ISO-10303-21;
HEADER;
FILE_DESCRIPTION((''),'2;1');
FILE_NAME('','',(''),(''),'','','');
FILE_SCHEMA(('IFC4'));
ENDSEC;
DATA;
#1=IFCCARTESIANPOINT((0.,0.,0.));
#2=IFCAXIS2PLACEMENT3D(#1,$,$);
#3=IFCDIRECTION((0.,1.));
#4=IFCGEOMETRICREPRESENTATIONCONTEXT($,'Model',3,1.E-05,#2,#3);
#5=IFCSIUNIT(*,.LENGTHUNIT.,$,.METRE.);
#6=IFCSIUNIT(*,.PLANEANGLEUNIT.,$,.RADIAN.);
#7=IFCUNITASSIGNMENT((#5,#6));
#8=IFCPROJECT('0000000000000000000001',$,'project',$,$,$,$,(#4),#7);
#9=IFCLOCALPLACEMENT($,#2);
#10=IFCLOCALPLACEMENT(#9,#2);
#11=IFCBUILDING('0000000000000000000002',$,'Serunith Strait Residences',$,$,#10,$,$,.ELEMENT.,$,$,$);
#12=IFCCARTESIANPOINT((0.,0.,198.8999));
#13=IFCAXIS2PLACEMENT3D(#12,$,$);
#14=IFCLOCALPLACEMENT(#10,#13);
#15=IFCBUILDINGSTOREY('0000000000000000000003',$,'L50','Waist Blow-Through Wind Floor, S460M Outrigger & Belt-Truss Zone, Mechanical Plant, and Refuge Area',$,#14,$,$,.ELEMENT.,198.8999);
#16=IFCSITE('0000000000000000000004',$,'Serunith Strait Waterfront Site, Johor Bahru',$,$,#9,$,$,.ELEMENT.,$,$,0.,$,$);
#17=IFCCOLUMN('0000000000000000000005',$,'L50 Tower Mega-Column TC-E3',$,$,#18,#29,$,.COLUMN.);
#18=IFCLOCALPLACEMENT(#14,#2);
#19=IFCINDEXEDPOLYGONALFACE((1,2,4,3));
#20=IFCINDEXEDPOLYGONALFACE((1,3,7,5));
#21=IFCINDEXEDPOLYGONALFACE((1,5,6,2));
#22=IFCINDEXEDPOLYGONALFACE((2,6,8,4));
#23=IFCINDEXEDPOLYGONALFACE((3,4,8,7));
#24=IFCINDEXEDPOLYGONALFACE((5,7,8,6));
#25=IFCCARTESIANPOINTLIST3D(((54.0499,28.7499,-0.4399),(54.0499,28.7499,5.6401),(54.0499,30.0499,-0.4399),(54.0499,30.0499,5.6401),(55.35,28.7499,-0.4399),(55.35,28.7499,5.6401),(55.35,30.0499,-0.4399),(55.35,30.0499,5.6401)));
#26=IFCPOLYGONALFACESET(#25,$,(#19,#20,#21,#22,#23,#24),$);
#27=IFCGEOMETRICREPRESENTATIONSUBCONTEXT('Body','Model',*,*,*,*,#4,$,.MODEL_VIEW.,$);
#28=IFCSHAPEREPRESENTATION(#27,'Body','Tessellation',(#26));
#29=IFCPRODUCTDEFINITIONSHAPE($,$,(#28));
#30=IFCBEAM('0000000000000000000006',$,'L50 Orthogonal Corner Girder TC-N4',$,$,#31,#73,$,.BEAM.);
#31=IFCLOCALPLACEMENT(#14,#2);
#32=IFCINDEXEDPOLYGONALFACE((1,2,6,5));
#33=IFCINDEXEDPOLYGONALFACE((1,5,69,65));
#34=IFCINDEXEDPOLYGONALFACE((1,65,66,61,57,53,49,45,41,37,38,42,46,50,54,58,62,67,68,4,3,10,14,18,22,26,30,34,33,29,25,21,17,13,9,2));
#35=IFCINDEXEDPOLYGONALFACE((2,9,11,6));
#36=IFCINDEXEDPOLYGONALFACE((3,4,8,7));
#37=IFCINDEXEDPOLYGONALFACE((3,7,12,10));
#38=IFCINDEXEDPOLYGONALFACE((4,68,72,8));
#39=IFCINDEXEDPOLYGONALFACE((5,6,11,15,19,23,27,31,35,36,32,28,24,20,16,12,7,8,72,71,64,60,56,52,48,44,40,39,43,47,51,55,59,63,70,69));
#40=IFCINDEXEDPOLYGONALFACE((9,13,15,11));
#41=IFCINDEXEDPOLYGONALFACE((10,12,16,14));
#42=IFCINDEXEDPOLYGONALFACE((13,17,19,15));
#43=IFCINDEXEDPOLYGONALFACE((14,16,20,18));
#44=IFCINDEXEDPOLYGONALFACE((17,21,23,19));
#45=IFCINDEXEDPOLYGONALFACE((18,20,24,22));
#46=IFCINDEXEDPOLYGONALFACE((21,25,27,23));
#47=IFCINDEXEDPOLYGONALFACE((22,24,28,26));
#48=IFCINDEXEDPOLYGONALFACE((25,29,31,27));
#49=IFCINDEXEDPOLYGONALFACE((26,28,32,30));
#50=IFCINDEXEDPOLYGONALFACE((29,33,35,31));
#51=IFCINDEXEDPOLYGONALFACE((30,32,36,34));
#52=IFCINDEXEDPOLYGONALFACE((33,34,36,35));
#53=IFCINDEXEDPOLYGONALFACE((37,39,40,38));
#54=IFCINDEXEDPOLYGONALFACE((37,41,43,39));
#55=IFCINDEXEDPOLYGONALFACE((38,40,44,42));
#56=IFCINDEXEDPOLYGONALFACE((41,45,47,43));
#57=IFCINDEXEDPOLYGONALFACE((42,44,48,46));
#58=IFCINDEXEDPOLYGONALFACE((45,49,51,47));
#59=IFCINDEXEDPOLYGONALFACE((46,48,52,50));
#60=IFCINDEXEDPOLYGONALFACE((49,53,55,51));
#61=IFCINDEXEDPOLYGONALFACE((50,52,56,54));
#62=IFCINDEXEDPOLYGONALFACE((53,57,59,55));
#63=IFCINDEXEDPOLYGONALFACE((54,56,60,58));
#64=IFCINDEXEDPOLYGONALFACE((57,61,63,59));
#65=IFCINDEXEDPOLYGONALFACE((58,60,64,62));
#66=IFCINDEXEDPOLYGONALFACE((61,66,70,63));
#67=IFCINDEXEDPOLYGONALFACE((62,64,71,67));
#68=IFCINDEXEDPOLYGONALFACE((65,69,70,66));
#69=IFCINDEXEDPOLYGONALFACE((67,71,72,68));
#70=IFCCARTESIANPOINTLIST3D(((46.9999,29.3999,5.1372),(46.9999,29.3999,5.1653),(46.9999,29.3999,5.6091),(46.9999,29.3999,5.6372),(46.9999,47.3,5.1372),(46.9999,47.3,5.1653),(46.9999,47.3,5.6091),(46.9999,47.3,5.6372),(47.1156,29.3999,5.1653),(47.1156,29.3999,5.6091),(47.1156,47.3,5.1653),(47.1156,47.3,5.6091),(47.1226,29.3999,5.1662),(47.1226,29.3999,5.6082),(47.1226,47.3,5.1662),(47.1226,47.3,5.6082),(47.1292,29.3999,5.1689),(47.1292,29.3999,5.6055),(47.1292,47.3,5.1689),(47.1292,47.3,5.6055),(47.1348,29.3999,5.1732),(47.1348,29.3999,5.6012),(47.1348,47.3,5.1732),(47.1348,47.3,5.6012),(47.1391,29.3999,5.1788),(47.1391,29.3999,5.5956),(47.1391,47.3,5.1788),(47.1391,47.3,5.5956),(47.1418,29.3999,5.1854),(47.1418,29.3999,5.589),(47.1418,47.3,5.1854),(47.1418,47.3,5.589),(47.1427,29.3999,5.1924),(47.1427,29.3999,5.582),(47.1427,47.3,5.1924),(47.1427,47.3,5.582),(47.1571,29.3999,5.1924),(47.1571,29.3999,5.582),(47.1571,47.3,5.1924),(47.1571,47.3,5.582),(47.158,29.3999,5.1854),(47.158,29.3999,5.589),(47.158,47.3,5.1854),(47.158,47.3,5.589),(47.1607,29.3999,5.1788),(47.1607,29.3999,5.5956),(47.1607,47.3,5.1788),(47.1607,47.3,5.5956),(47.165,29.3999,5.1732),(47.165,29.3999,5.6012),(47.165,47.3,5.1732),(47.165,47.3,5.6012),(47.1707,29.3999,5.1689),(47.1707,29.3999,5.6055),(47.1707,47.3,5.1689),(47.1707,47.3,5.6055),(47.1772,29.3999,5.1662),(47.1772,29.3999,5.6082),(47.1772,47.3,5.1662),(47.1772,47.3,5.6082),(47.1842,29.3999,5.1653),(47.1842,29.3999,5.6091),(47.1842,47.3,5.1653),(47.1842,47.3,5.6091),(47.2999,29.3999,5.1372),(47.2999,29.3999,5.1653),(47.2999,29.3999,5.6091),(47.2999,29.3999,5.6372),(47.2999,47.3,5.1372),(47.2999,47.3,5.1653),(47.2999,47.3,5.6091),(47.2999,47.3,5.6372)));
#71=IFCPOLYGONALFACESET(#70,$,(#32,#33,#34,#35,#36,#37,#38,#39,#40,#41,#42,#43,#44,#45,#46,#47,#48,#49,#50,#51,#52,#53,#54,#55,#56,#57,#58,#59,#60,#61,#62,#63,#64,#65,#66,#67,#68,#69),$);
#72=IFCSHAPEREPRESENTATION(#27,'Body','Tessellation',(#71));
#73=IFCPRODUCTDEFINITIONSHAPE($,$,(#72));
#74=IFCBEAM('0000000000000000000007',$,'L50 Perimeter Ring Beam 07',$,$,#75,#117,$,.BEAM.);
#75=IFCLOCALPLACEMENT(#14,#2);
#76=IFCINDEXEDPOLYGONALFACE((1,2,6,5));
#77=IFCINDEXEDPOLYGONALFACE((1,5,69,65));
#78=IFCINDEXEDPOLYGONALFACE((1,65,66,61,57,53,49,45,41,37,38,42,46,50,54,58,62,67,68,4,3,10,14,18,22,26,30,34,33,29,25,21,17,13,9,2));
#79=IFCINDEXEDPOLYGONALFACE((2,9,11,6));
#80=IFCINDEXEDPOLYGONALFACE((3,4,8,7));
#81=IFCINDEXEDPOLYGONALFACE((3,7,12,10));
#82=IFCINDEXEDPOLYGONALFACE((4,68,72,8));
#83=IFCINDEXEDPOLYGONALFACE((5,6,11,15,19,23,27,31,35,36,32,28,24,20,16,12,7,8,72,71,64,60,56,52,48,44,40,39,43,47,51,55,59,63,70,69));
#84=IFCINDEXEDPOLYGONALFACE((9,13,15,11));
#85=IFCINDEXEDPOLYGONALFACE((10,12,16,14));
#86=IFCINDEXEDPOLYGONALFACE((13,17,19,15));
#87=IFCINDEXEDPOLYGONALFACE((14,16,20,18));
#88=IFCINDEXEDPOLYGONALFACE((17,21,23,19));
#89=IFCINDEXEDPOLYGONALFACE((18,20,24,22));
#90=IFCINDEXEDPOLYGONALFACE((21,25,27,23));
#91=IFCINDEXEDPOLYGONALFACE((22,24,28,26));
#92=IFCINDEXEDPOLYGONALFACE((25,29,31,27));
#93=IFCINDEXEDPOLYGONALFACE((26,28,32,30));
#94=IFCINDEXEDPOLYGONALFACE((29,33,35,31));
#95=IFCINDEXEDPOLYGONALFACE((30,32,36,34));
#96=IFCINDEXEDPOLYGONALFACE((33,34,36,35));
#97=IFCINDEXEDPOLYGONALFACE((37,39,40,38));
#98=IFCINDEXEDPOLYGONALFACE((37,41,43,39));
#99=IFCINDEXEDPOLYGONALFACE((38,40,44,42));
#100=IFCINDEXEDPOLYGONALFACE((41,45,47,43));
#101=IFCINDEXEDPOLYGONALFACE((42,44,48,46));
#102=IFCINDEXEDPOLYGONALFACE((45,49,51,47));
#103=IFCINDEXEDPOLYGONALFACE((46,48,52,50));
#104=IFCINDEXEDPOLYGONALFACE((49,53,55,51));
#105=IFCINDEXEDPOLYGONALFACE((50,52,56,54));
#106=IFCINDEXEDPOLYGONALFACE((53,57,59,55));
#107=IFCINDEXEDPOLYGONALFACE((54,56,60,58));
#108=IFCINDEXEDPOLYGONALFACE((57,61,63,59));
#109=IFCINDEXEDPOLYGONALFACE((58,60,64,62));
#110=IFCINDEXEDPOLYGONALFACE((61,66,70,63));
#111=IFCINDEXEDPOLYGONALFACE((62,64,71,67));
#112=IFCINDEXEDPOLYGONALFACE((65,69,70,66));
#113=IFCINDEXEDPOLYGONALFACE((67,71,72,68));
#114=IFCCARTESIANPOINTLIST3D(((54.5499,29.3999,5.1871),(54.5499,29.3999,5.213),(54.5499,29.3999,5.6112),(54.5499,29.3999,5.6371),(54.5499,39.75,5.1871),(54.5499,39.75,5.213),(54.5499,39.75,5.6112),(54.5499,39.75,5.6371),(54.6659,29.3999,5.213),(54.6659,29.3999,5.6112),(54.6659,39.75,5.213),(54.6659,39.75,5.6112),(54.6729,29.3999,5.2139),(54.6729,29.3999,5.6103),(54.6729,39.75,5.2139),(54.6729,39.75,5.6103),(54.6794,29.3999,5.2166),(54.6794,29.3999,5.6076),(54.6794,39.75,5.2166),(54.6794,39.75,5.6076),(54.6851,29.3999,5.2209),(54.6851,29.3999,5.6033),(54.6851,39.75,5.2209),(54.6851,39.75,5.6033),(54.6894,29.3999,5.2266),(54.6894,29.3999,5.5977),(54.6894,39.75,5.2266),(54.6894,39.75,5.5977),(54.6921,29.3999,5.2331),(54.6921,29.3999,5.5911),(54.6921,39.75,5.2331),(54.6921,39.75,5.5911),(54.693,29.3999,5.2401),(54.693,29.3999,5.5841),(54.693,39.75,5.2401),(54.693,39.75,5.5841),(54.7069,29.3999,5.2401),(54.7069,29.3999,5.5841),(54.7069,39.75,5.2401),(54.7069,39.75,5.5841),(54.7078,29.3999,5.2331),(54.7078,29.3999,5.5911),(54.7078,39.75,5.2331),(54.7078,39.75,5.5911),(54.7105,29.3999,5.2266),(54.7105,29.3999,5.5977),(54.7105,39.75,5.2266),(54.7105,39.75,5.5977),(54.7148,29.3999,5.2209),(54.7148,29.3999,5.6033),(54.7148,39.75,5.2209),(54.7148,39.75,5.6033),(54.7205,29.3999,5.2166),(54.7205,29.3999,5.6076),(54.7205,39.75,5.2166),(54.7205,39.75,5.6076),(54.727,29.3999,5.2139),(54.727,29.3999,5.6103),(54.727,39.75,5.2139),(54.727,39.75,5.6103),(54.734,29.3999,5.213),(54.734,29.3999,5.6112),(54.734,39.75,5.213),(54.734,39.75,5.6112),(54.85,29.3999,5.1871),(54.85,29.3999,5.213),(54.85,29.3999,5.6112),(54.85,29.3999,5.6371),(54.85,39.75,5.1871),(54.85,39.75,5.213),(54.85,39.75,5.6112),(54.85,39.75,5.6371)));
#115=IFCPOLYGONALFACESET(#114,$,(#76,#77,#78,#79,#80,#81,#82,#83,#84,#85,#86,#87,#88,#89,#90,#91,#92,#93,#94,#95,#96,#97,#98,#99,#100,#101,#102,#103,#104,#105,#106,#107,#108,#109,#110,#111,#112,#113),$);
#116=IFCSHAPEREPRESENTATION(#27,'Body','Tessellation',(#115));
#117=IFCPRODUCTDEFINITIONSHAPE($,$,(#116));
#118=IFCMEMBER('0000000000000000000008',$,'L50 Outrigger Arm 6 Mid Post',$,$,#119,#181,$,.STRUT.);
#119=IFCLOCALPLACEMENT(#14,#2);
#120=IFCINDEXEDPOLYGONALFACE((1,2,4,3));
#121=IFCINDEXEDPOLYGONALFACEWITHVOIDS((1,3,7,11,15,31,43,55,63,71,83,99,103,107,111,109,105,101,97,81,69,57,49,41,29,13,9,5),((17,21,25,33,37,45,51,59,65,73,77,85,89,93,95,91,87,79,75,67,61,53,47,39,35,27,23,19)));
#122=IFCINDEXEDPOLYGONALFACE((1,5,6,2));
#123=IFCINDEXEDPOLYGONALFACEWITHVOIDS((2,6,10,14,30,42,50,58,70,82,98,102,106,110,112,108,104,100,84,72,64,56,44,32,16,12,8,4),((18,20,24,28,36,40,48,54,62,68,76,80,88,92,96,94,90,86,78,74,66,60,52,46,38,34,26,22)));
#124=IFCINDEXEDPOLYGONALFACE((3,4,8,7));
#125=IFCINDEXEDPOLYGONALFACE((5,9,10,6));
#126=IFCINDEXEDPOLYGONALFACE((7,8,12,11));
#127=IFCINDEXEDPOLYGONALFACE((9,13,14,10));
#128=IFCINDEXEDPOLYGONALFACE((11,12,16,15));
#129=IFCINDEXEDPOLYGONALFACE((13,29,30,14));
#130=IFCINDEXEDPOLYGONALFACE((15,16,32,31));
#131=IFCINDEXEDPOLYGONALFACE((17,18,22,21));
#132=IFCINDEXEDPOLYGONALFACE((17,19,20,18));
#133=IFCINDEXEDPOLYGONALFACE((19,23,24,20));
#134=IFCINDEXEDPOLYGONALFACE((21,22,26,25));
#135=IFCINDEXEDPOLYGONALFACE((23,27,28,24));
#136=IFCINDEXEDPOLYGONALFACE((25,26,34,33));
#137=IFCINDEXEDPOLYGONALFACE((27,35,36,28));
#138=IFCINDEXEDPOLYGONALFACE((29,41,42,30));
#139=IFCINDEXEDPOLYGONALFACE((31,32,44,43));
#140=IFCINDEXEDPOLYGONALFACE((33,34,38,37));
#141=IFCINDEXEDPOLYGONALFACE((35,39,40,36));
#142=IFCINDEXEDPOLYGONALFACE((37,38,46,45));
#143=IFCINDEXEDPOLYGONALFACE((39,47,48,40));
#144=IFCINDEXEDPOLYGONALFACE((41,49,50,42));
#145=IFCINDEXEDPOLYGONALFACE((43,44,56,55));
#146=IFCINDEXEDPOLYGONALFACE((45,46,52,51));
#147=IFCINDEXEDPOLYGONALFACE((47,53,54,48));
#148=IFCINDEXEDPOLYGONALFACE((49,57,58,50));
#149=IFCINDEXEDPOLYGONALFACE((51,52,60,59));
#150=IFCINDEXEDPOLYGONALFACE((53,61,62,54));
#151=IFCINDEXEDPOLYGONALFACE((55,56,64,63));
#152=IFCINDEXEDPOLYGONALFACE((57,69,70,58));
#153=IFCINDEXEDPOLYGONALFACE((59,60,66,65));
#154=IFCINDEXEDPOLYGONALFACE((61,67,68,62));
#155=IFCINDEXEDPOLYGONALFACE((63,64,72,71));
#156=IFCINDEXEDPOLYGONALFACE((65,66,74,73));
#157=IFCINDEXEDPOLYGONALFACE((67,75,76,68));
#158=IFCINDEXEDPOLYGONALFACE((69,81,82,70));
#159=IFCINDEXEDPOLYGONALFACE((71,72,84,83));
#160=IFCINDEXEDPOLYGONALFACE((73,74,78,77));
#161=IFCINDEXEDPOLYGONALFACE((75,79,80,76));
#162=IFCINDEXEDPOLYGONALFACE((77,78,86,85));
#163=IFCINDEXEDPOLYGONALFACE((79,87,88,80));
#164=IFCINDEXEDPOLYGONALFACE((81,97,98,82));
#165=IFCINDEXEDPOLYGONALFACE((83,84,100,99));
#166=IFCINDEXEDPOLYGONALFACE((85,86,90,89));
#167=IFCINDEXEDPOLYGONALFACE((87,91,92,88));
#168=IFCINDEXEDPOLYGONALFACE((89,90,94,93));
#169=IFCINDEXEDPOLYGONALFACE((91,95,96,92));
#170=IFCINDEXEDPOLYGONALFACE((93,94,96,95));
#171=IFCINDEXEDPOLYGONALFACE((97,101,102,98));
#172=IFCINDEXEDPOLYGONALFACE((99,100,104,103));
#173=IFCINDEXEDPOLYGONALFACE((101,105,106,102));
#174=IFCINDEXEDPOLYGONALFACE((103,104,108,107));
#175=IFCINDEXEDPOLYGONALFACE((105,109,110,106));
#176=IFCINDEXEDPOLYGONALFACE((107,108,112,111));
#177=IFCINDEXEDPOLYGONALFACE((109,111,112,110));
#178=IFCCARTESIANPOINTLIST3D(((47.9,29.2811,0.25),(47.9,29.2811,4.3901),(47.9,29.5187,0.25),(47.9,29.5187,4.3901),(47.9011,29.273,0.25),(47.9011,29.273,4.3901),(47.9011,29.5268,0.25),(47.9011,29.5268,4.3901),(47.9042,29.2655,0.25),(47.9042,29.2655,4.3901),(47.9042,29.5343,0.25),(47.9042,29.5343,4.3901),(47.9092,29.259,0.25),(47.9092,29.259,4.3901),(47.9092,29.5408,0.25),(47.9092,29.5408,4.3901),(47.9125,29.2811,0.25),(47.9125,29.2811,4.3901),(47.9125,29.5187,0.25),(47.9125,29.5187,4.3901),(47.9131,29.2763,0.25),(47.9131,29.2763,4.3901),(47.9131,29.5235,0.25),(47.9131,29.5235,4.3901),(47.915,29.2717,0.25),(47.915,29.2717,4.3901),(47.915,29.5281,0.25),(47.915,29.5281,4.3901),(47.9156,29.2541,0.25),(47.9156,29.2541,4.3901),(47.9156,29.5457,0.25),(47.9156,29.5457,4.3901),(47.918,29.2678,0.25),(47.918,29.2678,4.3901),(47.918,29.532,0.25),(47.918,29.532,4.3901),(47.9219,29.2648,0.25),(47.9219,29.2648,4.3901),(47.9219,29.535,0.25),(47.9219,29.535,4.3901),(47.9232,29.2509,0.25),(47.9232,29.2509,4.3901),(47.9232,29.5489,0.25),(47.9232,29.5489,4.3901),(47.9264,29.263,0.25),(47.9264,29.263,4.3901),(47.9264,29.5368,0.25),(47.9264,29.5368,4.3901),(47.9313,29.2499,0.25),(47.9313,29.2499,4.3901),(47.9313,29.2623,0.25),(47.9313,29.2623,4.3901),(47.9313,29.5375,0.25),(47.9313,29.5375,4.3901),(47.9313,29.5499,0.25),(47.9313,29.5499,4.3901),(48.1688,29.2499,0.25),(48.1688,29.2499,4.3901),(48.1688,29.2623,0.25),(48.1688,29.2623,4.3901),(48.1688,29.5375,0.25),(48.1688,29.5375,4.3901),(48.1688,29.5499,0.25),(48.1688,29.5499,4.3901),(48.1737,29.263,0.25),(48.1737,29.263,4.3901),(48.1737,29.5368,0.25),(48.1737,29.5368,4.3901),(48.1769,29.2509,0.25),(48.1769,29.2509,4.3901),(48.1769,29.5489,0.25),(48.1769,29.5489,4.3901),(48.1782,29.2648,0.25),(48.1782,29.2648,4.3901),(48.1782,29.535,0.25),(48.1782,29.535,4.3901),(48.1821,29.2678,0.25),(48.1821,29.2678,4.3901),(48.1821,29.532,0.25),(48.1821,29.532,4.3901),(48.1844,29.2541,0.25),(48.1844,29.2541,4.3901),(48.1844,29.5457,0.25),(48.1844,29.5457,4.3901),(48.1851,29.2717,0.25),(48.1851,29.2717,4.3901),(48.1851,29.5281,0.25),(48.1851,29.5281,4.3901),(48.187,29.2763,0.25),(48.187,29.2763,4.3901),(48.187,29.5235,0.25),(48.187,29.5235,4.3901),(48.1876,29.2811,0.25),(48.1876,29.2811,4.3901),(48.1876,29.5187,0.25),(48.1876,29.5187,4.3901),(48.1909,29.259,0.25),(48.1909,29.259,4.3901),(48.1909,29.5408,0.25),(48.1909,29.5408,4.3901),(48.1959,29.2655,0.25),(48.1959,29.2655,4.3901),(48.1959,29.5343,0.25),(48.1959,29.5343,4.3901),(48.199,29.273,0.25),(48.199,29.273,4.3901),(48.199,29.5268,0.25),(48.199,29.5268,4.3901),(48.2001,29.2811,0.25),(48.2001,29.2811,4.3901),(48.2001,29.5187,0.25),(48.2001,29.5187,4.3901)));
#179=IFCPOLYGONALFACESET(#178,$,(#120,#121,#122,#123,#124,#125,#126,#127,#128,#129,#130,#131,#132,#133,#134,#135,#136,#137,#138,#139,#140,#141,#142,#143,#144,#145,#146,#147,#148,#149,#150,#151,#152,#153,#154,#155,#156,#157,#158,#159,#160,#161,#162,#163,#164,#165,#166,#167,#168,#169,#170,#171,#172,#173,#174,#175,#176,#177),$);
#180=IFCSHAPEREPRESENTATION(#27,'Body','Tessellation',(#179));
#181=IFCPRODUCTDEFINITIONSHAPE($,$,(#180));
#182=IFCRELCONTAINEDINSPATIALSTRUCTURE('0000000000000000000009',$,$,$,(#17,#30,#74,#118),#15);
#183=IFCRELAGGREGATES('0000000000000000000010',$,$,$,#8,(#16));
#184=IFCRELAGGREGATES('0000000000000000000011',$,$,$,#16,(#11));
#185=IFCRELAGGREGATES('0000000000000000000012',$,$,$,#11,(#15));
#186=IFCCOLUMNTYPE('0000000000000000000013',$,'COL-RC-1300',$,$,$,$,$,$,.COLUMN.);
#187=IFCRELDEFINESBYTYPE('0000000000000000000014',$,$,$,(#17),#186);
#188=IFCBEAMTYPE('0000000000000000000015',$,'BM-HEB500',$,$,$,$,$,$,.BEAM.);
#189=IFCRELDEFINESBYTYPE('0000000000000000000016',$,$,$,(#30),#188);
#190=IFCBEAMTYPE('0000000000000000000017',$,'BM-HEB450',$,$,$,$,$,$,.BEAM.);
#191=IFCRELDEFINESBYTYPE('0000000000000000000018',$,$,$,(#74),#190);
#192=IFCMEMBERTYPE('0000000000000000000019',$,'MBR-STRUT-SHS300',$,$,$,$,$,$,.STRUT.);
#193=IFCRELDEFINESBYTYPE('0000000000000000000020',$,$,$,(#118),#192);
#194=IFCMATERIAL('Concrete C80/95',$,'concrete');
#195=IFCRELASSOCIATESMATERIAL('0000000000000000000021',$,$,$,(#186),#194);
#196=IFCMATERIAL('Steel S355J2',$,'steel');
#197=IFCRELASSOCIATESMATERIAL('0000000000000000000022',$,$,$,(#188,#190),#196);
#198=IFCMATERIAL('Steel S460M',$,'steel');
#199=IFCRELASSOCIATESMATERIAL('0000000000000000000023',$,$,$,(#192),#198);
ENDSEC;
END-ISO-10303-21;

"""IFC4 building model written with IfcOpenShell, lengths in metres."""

from ifc_helpers import new_model, si_unit, direction, frame, origin, origin_2d, place, context, subcontext, project, spatial, rectangle, hollow_rectangle, i_section, extrude, source, transform, mapped, material, material_profile, profile_set, type_object, element, save


model = new_model("IFC4")

# Units and contexts
model_context = context("Model", 3, precision=1e-05, world=origin(), true_north=direction((0.0, 1.0)))
body_context = subcontext(model_context, "Body", "Model", "MODEL_VIEW")
ifc_project = project(units=[si_unit("LENGTHUNIT", "METRE"), si_unit("PLANEANGLEUNIT", "RADIAN")], contexts=[model_context])

# Site, building, storey
site_placement = place(None, origin())
site = spatial("IfcSite", under=ifc_project, at=site_placement, Name="Serunith Strait Waterfront Site, Johor Bahru", CompositionType="ELEMENT", RefElevation=0.0)
building_placement = place(site_placement, origin())
building = spatial("IfcBuilding", under=site, at=building_placement, Name="Serunith Strait Residences", CompositionType="ELEMENT")
storey_placement = place(building_placement, frame((0.0, 0.0, 198.8999)))
storey = spatial("IfcBuildingStorey", under=building, at=storey_placement, Name="L50", Description="Waist Blow-Through Wind Floor, S460M Outrigger & Belt-Truss Zone, Mechanical Plant, and Refuge Area", CompositionType="ELEMENT", Elevation=198.8999)

# Column
ifc_material_1 = material(Name="Concrete C80/95", Category="concrete")
ifc_material_profile_1 = material_profile(ifc_material_1, rectangle(XDim=1.3, YDim=1.3, at=origin_2d()), Name="RC 1300x1300")
ifc_profile_set_1 = profile_set([ifc_material_profile_1], Name="Concrete C80/95")
column_type = type_object("IfcColumnType", Name="COL-RC-1300", PredefinedType="COLUMN", material=ifc_profile_set_1)
shared_shape_1 = source(origin(), body_context, "Body", "SweptSolid", [
    extrude(rectangle(XDim=1.3, YDim=1.3, at=origin_2d()), origin(), (0.0, 0.0, 1.0), 6.0801),
])
column_placement = place(storey_placement, frame((54.7, 29.3999, -0.4399), z_axis=(0.0, 0.0, 1.0), x_axis=(1.0, 0.0, 0.0)))
element("IfcColumn", 1, at=column_placement, inside=storey, type_object=column_type, Name="L50 Tower Mega-Column TC-E3", PredefinedType="COLUMN", context=body_context, shape_type="MappedRepresentation", body=[
    mapped(shared_shape_1, transform((0.0, 0.0, 0.0), scale=1.0)),
])

# Beams
ifc_material_2 = material(Name="Steel S355J2", Category="steel")
ifc_material_profile_2 = material_profile(ifc_material_2, i_section(OverallWidth=0.3, OverallDepth=0.5, WebThickness=0.0144, FlangeThickness=0.0281, FilletRadius=0.0271, at=origin_2d()), Name="HEB 500")
ifc_profile_set_2 = profile_set([ifc_material_profile_2], Name="Steel S355J2")
beam_type_1 = type_object("IfcBeamType", Name="BM-HEB500", PredefinedType="BEAM", material=ifc_profile_set_2)
shared_shape_2 = source(origin(), body_context, "Body", "SweptSolid", [
    extrude(i_section(OverallWidth=0.3, OverallDepth=0.5, WebThickness=0.0144, FlangeThickness=0.0281, FilletRadius=0.0271, at=origin_2d()), origin(), (0.0, 0.0, 1.0), 17.9001),
])
beam_1_placement = place(storey_placement, frame((47.1499, 29.3999, 5.3872), z_axis=(0.0, 1.0, 0.0), x_axis=(-1.0, 0.0, 0.0)))
element("IfcBeam", 2, at=beam_1_placement, inside=storey, type_object=beam_type_1, Name="L50 Orthogonal Corner Girder TC-N4", PredefinedType="BEAM", context=body_context, shape_type="MappedRepresentation", body=[
    mapped(shared_shape_2, transform((0.0, 0.0, 0.0), scale=1.0)),
])
ifc_material_profile_3 = material_profile(ifc_material_2, i_section(OverallWidth=0.3, OverallDepth=0.45, WebThickness=0.0139, FlangeThickness=0.0259, FilletRadius=0.0271, at=origin_2d()), Name="HEB 450")
ifc_profile_set_3 = profile_set([ifc_material_profile_3], Name="Steel S355J2")
beam_type_2 = type_object("IfcBeamType", Name="BM-HEB450", PredefinedType="BEAM", material=ifc_profile_set_3)
shared_shape_3 = source(origin(), body_context, "Body", "SweptSolid", [
    extrude(i_section(OverallWidth=0.3, OverallDepth=0.45, WebThickness=0.0139, FlangeThickness=0.0259, FilletRadius=0.0271, at=origin_2d()), origin(), (0.0, 0.0, 1.0), 10.3501),
])
beam_2_placement = place(storey_placement, frame((54.7, 29.3999, 5.4121), z_axis=(0.0, 1.0, 0.0), x_axis=(-1.0, 0.0, 0.0)))
element("IfcBeam", 3, at=beam_2_placement, inside=storey, type_object=beam_type_2, Name="L50 Perimeter Ring Beam 07", PredefinedType="BEAM", context=body_context, shape_type="MappedRepresentation", body=[
    mapped(shared_shape_3, transform((0.0, 0.0, 0.0), scale=1.0)),
])

# Member
ifc_material_3 = material(Name="Steel S460M", Category="steel")
ifc_material_profile_4 = material_profile(ifc_material_3, hollow_rectangle(XDim=0.3, YDim=0.3, WallThickness=0.0125, InnerFilletRadius=0.0188, OuterFilletRadius=0.0312, at=origin_2d()), Name="SHS 300x300x12.5")
ifc_profile_set_4 = profile_set([ifc_material_profile_4], Name="Steel S460M")
member_type_1 = type_object("IfcMemberType", Name="MBR-STRUT-SHS300", PredefinedType="STRUT", material=ifc_profile_set_4)
shared_shape_4 = source(origin(), body_context, "Body", "SweptSolid", [
    extrude(hollow_rectangle(XDim=0.3, YDim=0.3, WallThickness=0.0125, InnerFilletRadius=0.0188, OuterFilletRadius=0.0312, at=origin_2d()), origin(), (0.0, 0.0, 1.0), 4.1401),
])
member_1_placement = place(storey_placement, frame((48.05, 29.3999, 0.25), z_axis=(0.0, 0.0, 1.0), x_axis=(1.0, 0.0, 0.0)))
element("IfcMember", 4, at=member_1_placement, inside=storey, type_object=member_type_1, Name="L50 Outrigger Arm 6 Mid Post", PredefinedType="STRUT", context=body_context, shape_type="MappedRepresentation", body=[
    mapped(shared_shape_4, transform((0.0, 0.0, 0.0), scale=1.0)),
])

save(model, "model.ifc")
